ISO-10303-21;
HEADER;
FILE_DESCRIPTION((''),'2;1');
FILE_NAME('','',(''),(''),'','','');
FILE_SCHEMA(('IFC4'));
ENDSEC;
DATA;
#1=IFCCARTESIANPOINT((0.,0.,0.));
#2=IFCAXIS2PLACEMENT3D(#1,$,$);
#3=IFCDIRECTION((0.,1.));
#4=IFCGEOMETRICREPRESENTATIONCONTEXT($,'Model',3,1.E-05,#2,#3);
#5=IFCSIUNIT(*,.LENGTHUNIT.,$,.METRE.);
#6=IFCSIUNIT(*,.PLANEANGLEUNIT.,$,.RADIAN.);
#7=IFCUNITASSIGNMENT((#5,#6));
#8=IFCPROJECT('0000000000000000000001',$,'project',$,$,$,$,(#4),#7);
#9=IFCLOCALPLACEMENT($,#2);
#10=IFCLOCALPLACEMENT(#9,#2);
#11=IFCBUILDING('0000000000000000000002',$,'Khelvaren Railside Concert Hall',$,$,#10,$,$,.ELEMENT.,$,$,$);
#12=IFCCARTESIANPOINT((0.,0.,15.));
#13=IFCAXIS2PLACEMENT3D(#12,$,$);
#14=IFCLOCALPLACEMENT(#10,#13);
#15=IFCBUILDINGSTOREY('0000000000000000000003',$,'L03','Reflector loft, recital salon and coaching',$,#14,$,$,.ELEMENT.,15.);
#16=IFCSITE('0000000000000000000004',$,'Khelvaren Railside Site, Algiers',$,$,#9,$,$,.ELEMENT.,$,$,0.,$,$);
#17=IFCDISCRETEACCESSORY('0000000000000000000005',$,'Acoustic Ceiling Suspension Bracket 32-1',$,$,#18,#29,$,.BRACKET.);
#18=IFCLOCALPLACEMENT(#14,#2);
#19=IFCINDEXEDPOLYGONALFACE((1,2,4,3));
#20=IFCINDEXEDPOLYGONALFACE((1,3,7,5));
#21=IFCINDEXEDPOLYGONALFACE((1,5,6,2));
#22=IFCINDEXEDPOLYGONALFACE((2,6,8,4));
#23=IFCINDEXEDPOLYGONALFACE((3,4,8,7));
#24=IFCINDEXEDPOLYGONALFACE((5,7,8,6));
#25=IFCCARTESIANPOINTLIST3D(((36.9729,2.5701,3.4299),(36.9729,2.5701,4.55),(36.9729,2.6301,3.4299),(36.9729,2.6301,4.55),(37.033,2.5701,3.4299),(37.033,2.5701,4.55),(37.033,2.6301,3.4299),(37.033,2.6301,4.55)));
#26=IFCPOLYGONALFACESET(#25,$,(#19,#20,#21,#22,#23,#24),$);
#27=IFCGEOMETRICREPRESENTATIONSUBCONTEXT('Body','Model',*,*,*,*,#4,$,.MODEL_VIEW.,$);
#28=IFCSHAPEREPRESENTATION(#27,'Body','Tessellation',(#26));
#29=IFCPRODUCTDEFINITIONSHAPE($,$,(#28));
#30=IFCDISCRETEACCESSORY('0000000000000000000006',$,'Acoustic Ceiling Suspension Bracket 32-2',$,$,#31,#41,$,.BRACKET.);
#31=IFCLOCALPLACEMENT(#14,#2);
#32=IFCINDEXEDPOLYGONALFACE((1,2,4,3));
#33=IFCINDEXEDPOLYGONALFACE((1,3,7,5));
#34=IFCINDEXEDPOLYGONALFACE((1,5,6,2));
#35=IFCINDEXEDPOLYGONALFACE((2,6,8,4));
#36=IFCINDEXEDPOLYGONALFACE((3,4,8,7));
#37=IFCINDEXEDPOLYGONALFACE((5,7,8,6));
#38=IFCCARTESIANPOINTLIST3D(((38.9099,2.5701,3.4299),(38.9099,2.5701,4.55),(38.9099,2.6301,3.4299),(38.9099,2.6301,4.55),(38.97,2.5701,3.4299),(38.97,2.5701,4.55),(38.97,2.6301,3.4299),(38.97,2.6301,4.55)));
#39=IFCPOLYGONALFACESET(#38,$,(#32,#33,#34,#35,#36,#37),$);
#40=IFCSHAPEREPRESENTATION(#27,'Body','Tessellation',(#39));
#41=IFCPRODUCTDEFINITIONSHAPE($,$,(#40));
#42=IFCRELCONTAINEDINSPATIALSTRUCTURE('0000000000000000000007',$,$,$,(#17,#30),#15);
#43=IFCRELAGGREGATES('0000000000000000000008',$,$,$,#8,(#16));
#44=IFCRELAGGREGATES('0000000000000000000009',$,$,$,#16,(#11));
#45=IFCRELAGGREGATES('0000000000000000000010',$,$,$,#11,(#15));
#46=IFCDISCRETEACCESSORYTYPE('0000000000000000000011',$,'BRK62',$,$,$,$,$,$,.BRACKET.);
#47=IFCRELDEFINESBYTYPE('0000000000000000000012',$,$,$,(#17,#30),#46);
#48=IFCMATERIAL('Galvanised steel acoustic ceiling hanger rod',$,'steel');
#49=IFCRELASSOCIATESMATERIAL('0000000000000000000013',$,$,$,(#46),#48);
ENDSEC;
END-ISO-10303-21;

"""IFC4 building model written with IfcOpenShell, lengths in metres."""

from ifc_helpers import new_model, si_unit, direction, frame, origin, origin_2d, place, context, subcontext, project, spatial, rectangle, extrude, material, type_object, element, save


model = new_model("IFC4")

# Units and contexts
model_context = context("Model", 3, precision=1e-05, world=origin(), true_north=direction((0.0, 1.0)))
body_context = subcontext(model_context, "Body", "Model", "MODEL_VIEW")
ifc_project = project(units=[si_unit("LENGTHUNIT", "METRE"), si_unit("PLANEANGLEUNIT", "RADIAN")], contexts=[model_context])

# Site, building, storey
site_placement = place(None, origin())
site = spatial("IfcSite", under=ifc_project, at=site_placement, Name="Khelvaren Railside Site, Algiers", CompositionType="ELEMENT", RefElevation=0.0)
building_placement = place(site_placement, origin())
building = spatial("IfcBuilding", under=site, at=building_placement, Name="Khelvaren Railside Concert Hall", CompositionType="ELEMENT")
storey_placement = place(building_placement, frame((0.0, 0.0, 15.0)))
storey = spatial("IfcBuildingStorey", under=building, at=storey_placement, Name="L03", Description="Reflector loft, recital salon and coaching", CompositionType="ELEMENT", Elevation=15.0)

# Discrete accessories
ifc_material_1 = material(Name="Galvanised steel acoustic ceiling hanger rod", Category="steel")
discrete_accessory_type = type_object("IfcDiscreteAccessoryType", Name="BRK62", PredefinedType="BRACKET", material=ifc_material_1)
for number, where, z_axis, x_axis, name in (
    (1, (37.0029, 2.6001, 3.4299), (0.0, 0.0, 1.0), (1.0, 0.0, 0.0), "Acoustic Ceiling Suspension Bracket 32-1"),
    (2, (38.9399, 2.6001, 3.4299), (0.0, 0.0, 1.0), (1.0, 0.0, 0.0), "Acoustic Ceiling Suspension Bracket 32-2"),
):
    element("IfcDiscreteAccessory", number, at=place(storey_placement, frame(where, z_axis=z_axis, x_axis=x_axis)), inside=storey, type_object=discrete_accessory_type, Name=name, PredefinedType="BRACKET", context=body_context, shape_type="SweptSolid", body=[
        extrude(rectangle(XDim=0.0601, YDim=0.0601, at=origin_2d()), origin(), (0.0, 0.0, 1.0), 1.1201),
    ])

save(model, "model.ifc")
